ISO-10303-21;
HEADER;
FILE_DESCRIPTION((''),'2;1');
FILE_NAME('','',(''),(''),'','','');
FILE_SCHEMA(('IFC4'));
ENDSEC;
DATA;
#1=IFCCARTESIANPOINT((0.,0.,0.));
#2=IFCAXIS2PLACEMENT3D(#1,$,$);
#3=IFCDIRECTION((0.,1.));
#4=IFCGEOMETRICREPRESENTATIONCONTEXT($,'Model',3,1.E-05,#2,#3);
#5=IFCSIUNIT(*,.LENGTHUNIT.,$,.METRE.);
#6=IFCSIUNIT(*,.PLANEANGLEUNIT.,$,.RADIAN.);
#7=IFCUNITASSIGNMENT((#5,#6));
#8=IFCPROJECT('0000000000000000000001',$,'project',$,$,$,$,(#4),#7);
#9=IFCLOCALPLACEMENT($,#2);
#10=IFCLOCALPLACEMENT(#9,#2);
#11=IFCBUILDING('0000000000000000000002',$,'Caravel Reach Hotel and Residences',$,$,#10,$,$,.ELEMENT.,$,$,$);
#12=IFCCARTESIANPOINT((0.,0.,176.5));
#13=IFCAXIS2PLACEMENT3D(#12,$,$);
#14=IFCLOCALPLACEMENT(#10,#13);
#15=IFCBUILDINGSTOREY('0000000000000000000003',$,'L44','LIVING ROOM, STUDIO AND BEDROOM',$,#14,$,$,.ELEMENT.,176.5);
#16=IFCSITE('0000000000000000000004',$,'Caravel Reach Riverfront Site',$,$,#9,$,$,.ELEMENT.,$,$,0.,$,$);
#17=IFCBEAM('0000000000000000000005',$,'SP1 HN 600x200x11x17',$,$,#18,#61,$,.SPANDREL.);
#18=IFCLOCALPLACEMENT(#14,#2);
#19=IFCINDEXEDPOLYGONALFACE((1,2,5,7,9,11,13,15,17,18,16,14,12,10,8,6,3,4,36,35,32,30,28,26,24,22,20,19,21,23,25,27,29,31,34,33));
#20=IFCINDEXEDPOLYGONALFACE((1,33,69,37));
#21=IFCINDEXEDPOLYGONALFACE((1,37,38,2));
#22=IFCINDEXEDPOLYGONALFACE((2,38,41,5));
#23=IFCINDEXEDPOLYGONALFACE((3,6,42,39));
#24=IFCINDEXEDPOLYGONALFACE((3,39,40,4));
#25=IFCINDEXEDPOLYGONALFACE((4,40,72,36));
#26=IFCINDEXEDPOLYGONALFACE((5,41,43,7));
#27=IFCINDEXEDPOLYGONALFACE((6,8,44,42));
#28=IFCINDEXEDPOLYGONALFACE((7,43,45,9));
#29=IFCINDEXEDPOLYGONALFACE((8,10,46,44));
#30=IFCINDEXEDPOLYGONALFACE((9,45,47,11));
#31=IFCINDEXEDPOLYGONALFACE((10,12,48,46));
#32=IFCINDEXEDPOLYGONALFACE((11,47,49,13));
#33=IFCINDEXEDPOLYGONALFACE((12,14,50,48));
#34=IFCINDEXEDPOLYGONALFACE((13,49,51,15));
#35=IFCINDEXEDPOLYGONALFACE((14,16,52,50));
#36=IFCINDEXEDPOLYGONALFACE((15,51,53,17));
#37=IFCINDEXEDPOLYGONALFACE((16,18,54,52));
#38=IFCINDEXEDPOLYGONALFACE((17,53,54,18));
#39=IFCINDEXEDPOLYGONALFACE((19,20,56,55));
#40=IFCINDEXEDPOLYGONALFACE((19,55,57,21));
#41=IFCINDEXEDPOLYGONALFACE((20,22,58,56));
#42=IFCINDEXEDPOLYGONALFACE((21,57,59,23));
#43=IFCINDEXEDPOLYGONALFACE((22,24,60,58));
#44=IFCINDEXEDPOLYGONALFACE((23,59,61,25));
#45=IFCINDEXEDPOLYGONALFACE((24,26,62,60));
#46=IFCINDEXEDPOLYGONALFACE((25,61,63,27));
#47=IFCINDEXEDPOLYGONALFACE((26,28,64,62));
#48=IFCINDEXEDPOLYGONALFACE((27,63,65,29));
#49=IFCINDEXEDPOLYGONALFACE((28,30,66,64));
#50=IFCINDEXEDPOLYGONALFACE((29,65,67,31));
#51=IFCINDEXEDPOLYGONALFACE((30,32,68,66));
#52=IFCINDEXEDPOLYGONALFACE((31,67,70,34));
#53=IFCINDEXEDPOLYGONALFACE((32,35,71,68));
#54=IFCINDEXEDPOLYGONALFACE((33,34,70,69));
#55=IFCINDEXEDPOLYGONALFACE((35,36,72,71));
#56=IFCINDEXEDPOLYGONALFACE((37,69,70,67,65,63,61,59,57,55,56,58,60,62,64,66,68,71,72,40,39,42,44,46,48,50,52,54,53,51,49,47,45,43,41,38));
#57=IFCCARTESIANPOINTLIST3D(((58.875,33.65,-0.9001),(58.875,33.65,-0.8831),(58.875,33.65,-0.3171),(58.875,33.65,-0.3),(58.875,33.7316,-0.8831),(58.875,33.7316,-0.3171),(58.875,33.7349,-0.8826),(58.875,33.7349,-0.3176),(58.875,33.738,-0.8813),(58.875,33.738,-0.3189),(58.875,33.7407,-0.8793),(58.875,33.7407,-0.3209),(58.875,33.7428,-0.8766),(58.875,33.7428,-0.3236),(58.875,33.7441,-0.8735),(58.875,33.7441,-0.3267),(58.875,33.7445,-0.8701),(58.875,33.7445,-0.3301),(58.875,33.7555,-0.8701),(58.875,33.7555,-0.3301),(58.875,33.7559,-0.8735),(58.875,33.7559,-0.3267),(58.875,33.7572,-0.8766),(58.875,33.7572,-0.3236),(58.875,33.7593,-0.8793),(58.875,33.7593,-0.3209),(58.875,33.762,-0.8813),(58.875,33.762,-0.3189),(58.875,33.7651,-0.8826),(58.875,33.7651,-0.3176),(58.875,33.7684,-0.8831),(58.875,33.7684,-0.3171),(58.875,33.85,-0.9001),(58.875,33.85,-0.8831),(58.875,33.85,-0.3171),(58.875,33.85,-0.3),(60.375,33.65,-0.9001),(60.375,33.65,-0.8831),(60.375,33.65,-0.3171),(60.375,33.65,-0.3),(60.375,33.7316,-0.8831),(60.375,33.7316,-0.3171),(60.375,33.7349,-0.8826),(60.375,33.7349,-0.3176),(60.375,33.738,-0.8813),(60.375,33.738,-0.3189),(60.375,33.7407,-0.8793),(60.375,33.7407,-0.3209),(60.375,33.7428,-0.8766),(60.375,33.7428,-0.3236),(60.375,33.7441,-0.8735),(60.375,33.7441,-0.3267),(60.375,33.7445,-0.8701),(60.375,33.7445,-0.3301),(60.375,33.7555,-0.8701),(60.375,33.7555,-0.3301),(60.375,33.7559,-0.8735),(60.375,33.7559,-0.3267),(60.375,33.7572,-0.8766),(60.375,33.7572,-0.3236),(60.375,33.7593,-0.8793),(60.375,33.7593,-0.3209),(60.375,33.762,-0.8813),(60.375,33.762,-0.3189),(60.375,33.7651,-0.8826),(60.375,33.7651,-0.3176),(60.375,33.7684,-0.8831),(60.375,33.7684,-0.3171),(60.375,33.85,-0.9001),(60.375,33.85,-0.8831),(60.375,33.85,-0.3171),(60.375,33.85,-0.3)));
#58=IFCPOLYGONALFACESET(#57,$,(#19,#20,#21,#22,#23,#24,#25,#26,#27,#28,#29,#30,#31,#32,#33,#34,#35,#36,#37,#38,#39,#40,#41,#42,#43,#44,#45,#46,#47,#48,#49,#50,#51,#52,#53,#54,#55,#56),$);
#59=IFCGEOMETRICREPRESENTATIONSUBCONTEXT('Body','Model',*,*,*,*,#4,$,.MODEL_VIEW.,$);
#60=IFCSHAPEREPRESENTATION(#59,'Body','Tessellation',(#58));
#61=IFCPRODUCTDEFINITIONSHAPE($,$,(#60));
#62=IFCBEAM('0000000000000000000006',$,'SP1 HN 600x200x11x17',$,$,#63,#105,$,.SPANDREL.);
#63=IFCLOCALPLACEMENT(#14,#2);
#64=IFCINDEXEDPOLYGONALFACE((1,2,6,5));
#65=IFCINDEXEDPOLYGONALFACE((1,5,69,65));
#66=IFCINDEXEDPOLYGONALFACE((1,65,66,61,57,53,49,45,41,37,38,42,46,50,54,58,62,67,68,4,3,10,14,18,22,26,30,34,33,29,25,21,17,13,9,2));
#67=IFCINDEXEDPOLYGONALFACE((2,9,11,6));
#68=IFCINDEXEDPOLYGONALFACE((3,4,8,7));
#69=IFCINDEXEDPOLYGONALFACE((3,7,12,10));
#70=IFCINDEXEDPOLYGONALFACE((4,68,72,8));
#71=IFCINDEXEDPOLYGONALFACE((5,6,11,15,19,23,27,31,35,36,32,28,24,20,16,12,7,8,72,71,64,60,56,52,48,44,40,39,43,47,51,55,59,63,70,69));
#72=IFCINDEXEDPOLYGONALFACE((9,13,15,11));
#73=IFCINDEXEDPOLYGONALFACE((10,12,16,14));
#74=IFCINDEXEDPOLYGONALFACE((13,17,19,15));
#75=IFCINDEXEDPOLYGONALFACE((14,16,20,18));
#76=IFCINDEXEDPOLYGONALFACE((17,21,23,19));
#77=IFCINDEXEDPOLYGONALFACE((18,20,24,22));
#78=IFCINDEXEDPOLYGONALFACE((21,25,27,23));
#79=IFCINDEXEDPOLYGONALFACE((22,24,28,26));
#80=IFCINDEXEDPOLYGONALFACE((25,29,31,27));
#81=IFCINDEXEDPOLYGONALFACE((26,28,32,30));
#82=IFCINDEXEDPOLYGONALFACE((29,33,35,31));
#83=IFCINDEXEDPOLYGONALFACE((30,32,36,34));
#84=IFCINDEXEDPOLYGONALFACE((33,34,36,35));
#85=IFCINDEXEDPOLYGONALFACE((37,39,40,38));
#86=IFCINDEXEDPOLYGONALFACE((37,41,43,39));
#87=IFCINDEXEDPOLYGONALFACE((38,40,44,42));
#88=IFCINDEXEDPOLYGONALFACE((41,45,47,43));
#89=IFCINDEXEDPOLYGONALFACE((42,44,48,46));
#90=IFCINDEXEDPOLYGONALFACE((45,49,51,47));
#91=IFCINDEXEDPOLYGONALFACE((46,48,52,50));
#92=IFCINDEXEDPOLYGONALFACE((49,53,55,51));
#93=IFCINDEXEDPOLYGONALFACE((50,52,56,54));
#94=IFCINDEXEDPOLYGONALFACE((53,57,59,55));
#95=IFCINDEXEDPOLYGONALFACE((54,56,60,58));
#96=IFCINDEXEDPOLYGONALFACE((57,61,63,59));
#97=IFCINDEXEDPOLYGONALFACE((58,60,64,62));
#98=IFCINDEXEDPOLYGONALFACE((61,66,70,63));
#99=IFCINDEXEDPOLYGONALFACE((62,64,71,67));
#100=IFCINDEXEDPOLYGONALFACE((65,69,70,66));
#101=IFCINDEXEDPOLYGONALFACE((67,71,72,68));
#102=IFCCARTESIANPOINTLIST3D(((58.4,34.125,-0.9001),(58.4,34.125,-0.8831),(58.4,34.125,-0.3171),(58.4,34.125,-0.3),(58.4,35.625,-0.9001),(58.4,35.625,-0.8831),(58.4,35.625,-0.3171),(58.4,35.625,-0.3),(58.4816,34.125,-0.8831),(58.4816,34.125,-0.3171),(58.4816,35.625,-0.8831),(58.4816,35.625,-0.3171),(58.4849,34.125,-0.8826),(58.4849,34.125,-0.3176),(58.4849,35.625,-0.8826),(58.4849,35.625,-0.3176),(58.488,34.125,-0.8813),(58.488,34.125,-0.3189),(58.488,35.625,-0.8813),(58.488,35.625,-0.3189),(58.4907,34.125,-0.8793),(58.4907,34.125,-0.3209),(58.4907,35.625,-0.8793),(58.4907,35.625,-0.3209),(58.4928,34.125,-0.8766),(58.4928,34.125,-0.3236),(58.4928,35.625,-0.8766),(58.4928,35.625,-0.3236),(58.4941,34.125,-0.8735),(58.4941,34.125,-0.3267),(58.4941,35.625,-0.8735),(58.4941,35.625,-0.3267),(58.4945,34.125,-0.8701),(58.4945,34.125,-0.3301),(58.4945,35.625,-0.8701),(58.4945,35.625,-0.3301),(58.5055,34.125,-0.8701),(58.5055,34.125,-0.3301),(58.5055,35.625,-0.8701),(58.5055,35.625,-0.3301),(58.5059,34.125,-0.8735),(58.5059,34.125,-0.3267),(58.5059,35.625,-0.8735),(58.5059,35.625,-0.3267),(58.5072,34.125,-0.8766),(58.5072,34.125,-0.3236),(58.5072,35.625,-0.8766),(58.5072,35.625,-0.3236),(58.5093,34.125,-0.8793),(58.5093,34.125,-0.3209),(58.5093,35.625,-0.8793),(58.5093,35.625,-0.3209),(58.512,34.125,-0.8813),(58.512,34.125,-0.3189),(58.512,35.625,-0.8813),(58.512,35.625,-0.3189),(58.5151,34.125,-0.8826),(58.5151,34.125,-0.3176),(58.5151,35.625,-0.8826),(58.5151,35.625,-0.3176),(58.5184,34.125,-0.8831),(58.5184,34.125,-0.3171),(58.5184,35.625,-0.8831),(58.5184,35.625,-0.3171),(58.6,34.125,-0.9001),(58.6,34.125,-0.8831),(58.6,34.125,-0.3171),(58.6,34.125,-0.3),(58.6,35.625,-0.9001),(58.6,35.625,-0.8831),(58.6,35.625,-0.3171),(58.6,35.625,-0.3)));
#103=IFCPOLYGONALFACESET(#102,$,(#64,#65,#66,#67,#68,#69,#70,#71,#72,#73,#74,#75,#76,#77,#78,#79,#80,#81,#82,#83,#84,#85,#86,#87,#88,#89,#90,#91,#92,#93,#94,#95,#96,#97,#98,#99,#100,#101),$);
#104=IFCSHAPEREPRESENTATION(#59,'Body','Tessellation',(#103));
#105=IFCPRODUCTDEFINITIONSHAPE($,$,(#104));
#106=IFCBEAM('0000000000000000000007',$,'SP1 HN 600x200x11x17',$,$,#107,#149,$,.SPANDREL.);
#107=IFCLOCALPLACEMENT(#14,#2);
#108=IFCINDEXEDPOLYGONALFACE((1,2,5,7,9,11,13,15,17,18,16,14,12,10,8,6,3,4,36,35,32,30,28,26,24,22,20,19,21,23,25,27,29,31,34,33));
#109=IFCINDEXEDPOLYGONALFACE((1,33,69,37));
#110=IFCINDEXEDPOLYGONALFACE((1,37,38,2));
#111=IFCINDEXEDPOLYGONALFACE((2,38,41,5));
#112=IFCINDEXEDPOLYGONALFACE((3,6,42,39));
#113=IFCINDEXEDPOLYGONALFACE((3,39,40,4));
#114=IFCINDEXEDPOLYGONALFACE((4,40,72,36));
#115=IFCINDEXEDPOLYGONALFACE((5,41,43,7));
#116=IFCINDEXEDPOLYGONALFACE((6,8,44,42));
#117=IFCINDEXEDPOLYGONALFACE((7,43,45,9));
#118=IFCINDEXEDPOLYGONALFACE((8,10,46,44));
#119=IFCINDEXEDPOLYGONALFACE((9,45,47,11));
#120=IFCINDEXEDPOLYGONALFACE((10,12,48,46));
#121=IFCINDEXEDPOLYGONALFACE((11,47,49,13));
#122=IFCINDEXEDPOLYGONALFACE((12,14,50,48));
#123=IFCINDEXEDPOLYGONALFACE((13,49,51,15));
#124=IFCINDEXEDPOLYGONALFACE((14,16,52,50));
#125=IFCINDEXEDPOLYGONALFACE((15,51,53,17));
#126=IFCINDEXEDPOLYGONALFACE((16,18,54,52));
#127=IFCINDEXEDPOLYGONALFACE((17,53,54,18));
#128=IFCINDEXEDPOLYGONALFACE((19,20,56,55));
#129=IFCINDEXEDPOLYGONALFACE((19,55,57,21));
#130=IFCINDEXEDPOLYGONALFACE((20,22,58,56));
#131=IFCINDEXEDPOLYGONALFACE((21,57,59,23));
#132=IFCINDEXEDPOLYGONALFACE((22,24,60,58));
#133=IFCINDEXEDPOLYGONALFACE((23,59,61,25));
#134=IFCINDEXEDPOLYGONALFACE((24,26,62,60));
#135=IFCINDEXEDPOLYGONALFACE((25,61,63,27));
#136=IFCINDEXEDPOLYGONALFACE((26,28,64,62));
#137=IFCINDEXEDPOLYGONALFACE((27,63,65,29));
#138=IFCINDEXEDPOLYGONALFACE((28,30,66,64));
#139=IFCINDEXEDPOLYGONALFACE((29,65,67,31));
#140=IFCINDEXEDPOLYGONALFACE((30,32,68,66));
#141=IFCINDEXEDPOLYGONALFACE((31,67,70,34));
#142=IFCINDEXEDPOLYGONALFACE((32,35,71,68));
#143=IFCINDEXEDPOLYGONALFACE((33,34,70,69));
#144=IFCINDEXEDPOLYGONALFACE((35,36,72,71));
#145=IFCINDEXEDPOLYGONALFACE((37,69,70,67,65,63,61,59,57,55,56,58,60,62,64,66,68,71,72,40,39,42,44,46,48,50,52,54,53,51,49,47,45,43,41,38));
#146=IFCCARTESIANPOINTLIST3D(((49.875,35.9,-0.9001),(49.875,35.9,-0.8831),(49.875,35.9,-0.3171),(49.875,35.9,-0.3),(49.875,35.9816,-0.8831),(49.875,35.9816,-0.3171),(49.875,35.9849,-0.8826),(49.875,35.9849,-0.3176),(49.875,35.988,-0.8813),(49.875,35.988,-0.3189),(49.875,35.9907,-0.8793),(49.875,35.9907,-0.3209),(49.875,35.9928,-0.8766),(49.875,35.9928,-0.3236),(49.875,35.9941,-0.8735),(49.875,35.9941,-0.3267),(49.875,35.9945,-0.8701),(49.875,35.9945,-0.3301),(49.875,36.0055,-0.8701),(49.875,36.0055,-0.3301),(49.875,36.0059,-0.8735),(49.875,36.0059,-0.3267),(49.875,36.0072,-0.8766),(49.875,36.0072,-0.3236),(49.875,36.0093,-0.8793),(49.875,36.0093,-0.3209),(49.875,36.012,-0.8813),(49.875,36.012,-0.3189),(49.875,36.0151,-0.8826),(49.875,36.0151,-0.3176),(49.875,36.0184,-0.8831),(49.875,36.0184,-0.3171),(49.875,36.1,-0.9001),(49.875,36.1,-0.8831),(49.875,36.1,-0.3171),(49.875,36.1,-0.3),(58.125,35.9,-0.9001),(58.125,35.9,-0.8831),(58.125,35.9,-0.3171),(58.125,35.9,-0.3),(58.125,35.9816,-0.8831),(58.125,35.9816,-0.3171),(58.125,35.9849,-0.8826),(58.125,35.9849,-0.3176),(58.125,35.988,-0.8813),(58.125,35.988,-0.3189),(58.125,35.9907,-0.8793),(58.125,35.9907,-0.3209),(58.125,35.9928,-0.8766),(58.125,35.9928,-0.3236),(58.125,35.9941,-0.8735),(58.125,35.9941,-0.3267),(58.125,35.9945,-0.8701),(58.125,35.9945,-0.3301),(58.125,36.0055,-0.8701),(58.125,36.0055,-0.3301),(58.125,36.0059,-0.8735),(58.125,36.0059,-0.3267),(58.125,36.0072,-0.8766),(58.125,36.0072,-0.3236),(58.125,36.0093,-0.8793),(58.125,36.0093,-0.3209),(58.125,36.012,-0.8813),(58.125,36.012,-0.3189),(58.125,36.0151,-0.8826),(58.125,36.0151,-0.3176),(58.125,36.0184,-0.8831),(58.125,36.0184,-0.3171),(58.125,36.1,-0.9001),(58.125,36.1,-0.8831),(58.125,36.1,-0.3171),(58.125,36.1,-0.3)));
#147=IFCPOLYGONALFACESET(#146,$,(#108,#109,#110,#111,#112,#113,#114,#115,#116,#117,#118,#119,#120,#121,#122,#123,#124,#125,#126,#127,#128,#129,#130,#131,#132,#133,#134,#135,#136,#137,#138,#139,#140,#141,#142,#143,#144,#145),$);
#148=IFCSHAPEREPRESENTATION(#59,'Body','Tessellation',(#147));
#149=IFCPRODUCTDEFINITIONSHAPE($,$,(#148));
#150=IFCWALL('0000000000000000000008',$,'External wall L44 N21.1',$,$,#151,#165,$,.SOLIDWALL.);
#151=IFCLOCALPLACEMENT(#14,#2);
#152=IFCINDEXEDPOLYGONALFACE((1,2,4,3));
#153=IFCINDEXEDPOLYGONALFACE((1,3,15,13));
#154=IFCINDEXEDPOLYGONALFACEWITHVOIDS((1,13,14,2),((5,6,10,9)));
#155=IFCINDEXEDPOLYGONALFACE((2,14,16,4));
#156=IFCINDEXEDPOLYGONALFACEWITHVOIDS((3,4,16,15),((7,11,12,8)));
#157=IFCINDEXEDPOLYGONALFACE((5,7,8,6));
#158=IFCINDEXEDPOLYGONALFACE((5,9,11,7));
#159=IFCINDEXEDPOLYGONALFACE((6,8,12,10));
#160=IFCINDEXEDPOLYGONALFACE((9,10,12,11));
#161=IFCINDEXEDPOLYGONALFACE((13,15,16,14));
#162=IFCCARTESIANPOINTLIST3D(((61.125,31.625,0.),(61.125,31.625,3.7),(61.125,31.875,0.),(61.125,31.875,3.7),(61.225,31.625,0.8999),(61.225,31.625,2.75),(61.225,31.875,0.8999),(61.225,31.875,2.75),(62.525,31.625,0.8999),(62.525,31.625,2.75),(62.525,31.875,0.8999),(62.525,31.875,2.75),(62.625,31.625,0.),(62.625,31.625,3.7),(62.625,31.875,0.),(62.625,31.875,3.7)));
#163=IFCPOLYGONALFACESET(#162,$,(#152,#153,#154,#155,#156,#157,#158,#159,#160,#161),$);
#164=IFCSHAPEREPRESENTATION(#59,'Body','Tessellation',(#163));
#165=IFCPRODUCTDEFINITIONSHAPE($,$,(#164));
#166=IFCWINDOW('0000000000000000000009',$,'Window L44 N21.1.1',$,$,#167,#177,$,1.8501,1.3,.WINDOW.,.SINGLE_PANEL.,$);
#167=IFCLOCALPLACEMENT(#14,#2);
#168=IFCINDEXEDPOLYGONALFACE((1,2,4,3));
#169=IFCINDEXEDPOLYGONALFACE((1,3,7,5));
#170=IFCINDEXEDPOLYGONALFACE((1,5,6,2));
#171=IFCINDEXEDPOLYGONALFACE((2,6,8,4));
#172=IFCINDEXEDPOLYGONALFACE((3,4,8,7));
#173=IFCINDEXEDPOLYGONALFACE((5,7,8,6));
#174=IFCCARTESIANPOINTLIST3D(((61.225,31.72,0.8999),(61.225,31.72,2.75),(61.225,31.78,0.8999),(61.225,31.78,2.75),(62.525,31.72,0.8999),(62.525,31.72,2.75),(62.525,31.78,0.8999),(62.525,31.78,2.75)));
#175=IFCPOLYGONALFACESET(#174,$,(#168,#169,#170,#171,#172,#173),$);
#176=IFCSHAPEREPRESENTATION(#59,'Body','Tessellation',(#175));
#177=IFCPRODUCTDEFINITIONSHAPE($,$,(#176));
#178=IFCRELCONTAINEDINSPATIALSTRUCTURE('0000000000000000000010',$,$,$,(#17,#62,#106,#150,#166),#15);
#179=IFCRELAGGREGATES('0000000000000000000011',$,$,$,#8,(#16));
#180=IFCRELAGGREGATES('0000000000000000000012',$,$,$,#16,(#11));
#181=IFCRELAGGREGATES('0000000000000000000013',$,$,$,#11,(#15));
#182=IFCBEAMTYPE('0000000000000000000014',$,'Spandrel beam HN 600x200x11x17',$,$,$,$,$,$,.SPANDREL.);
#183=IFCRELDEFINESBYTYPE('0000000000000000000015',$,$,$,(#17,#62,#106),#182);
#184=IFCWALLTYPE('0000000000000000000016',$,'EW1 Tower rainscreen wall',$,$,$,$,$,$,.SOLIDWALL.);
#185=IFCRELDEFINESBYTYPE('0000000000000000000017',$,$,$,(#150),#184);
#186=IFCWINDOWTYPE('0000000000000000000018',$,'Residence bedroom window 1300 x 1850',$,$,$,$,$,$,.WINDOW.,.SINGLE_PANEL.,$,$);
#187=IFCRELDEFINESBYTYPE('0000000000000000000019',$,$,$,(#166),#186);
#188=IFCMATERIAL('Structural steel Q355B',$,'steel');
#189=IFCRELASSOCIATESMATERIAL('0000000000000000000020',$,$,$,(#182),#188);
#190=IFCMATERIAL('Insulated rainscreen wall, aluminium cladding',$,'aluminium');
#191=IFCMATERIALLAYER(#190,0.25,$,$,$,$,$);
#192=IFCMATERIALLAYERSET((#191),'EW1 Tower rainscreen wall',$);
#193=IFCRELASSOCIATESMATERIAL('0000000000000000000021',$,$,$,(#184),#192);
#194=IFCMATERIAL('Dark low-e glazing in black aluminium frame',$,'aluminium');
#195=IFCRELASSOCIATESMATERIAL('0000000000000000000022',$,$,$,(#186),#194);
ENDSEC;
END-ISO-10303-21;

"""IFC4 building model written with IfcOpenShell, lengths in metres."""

from ifc_helpers import new_model, si_unit, direction, frame, frame_2d, origin, origin_2d, place, context, subcontext, project, spatial, rectangle, i_section, extrude, material, layer, layer_set, material_profile, profile_set, type_object, element, fill, save


model = new_model("IFC4")

# Units and contexts
model_context = context("Model", 3, precision=1e-05, world=origin(), true_north=direction((0.0, 1.0)))
body_context = subcontext(model_context, "Body", "Model", "MODEL_VIEW")
ifc_project = project(units=[si_unit("LENGTHUNIT", "METRE"), si_unit("PLANEANGLEUNIT", "RADIAN")], contexts=[model_context])

# Site, building, storey
site_placement = place(None, origin())
site = spatial("IfcSite", under=ifc_project, at=site_placement, Name="Caravel Reach Riverfront Site", CompositionType="ELEMENT", RefElevation=0.0)
building_placement = place(site_placement, origin())
building = spatial("IfcBuilding", under=site, at=building_placement, Name="Caravel Reach Hotel and Residences", CompositionType="ELEMENT")
storey_placement = place(building_placement, frame((0.0, 0.0, 176.5)))
storey = spatial("IfcBuildingStorey", under=building, at=storey_placement, Name="L44", Description="LIVING ROOM, STUDIO AND BEDROOM", CompositionType="ELEMENT", Elevation=176.5)

# Beams
ifc_material_1 = material(Name="Structural steel Q355B", Category="steel")
ifc_material_profile_1 = material_profile(ifc_material_1, i_section(OverallWidth=0.2, OverallDepth=0.6001, WebThickness=0.011, FlangeThickness=0.0171, FilletRadius=0.0129, at=origin_2d()), Name="HN 600x200x11x17")
ifc_profile_set_1 = profile_set([ifc_material_profile_1], Name="Structural steel Q355B")
beam_type = type_object("IfcBeamType", Name="Spandrel beam HN 600x200x11x17", PredefinedType="SPANDREL", material=ifc_profile_set_1)
for number, where, z_axis, x_axis, name in (
    (1, (60.375, 33.75, -0.6001), (-1.0, 0.0, 0.0), (0.0, -1.0, 0.0), "SP1 HN 600x200x11x17"),
    (2, (58.5, 34.125, -0.6001), (0.0, 1.0, 0.0), (-1.0, 0.0, 0.0), "SP1 HN 600x200x11x17"),
):
    element("IfcBeam", number, at=place(storey_placement, frame(where, z_axis=z_axis, x_axis=x_axis)), inside=storey, type_object=beam_type, Name=name, PredefinedType="SPANDREL", context=body_context, shape_type="SweptSolid", body=[
        extrude(i_section(OverallWidth=0.2, OverallDepth=0.6001, WebThickness=0.011, FlangeThickness=0.0171, FilletRadius=0.0129, at=origin_2d()), origin(), (0.0, 0.0, 1.0), 1.5),
    ])
beam_placement = place(storey_placement, frame((58.125, 36.0, -0.6001), z_axis=(-1.0, 0.0, 0.0), x_axis=(0.0, -1.0, 0.0)))
element("IfcBeam", 3, at=beam_placement, inside=storey, type_object=beam_type, Name="SP1 HN 600x200x11x17", PredefinedType="SPANDREL", context=body_context, shape_type="SweptSolid", body=[
    extrude(i_section(OverallWidth=0.2, OverallDepth=0.6001, WebThickness=0.011, FlangeThickness=0.0171, FilletRadius=0.0129, at=origin_2d()), origin(), (0.0, 0.0, 1.0), 8.25),
])

# Wall, opening, window
ifc_material_2 = material(Name="Insulated rainscreen wall, aluminium cladding", Category="aluminium")
ifc_layer = layer(ifc_material_2, 0.25)
ifc_layer_set = layer_set([ifc_layer], Name="EW1 Tower rainscreen wall")
wall_type = type_object("IfcWallType", Name="EW1 Tower rainscreen wall", PredefinedType="SOLIDWALL", material=ifc_layer_set)
wall_1_placement = place(storey_placement, frame((62.625, 31.75, 0.0), z_axis=(0.0, 0.0, 1.0), x_axis=(-1.0, 0.0, 0.0)))
wall_1 = element("IfcWall", 4, at=wall_1_placement, inside=storey, type_object=wall_type, Name="External wall L44 N21.1", PredefinedType="SOLIDWALL", context=body_context, shape_type="SweptSolid", body=[
    extrude(rectangle(XDim=1.5, YDim=0.25, at=frame_2d((0.75, 0.0))), origin(), (0.0, 0.0, 1.0), 3.7),
])
opening_1_placement = place(wall_1_placement, frame((0.1001, 0.0, 0.8999)))
opening_1 = element("IfcOpeningElement", 5, at=opening_1_placement, cuts=wall_1, PredefinedType="OPENING", context=body_context, shape_type="SweptSolid", body=[
    extrude(rectangle(XDim=1.3, YDim=1.8501, at=frame_2d((0.6499, 0.925))), frame((0.0, 0.135, 0.0), z_axis=(0.0, -1.0, 0.0), x_axis=(1.0, 0.0, 0.0)), (0.0, 0.0, 1.0), 0.27),
])
ifc_material_3 = material(Name="Dark low-e glazing in black aluminium frame", Category="aluminium")
window_type_1 = type_object("IfcWindowType", Name="Residence bedroom window 1300 x 1850", PartitioningType="SINGLE_PANEL", PredefinedType="WINDOW", material=ifc_material_3)
window_1_placement = place(opening_1_placement, origin())
window_1 = element("IfcWindow", 6, at=window_1_placement, inside=storey, type_object=window_type_1, Name="Window L44 N21.1.1", OverallHeight=1.8501, OverallWidth=1.3, PartitioningType="SINGLE_PANEL", PredefinedType="WINDOW", context=body_context, shape_type="SweptSolid", body=[
    extrude(rectangle(XDim=1.3, YDim=1.8501, at=frame_2d((0.6499, 0.925))), frame((0.0, 0.03, 0.0), z_axis=(0.0, -1.0, 0.0), x_axis=(1.0, 0.0, 0.0)), (0.0, 0.0, 1.0), 0.0601),
])
fill(opening_1, window_1)

save(model, "model.ifc")
